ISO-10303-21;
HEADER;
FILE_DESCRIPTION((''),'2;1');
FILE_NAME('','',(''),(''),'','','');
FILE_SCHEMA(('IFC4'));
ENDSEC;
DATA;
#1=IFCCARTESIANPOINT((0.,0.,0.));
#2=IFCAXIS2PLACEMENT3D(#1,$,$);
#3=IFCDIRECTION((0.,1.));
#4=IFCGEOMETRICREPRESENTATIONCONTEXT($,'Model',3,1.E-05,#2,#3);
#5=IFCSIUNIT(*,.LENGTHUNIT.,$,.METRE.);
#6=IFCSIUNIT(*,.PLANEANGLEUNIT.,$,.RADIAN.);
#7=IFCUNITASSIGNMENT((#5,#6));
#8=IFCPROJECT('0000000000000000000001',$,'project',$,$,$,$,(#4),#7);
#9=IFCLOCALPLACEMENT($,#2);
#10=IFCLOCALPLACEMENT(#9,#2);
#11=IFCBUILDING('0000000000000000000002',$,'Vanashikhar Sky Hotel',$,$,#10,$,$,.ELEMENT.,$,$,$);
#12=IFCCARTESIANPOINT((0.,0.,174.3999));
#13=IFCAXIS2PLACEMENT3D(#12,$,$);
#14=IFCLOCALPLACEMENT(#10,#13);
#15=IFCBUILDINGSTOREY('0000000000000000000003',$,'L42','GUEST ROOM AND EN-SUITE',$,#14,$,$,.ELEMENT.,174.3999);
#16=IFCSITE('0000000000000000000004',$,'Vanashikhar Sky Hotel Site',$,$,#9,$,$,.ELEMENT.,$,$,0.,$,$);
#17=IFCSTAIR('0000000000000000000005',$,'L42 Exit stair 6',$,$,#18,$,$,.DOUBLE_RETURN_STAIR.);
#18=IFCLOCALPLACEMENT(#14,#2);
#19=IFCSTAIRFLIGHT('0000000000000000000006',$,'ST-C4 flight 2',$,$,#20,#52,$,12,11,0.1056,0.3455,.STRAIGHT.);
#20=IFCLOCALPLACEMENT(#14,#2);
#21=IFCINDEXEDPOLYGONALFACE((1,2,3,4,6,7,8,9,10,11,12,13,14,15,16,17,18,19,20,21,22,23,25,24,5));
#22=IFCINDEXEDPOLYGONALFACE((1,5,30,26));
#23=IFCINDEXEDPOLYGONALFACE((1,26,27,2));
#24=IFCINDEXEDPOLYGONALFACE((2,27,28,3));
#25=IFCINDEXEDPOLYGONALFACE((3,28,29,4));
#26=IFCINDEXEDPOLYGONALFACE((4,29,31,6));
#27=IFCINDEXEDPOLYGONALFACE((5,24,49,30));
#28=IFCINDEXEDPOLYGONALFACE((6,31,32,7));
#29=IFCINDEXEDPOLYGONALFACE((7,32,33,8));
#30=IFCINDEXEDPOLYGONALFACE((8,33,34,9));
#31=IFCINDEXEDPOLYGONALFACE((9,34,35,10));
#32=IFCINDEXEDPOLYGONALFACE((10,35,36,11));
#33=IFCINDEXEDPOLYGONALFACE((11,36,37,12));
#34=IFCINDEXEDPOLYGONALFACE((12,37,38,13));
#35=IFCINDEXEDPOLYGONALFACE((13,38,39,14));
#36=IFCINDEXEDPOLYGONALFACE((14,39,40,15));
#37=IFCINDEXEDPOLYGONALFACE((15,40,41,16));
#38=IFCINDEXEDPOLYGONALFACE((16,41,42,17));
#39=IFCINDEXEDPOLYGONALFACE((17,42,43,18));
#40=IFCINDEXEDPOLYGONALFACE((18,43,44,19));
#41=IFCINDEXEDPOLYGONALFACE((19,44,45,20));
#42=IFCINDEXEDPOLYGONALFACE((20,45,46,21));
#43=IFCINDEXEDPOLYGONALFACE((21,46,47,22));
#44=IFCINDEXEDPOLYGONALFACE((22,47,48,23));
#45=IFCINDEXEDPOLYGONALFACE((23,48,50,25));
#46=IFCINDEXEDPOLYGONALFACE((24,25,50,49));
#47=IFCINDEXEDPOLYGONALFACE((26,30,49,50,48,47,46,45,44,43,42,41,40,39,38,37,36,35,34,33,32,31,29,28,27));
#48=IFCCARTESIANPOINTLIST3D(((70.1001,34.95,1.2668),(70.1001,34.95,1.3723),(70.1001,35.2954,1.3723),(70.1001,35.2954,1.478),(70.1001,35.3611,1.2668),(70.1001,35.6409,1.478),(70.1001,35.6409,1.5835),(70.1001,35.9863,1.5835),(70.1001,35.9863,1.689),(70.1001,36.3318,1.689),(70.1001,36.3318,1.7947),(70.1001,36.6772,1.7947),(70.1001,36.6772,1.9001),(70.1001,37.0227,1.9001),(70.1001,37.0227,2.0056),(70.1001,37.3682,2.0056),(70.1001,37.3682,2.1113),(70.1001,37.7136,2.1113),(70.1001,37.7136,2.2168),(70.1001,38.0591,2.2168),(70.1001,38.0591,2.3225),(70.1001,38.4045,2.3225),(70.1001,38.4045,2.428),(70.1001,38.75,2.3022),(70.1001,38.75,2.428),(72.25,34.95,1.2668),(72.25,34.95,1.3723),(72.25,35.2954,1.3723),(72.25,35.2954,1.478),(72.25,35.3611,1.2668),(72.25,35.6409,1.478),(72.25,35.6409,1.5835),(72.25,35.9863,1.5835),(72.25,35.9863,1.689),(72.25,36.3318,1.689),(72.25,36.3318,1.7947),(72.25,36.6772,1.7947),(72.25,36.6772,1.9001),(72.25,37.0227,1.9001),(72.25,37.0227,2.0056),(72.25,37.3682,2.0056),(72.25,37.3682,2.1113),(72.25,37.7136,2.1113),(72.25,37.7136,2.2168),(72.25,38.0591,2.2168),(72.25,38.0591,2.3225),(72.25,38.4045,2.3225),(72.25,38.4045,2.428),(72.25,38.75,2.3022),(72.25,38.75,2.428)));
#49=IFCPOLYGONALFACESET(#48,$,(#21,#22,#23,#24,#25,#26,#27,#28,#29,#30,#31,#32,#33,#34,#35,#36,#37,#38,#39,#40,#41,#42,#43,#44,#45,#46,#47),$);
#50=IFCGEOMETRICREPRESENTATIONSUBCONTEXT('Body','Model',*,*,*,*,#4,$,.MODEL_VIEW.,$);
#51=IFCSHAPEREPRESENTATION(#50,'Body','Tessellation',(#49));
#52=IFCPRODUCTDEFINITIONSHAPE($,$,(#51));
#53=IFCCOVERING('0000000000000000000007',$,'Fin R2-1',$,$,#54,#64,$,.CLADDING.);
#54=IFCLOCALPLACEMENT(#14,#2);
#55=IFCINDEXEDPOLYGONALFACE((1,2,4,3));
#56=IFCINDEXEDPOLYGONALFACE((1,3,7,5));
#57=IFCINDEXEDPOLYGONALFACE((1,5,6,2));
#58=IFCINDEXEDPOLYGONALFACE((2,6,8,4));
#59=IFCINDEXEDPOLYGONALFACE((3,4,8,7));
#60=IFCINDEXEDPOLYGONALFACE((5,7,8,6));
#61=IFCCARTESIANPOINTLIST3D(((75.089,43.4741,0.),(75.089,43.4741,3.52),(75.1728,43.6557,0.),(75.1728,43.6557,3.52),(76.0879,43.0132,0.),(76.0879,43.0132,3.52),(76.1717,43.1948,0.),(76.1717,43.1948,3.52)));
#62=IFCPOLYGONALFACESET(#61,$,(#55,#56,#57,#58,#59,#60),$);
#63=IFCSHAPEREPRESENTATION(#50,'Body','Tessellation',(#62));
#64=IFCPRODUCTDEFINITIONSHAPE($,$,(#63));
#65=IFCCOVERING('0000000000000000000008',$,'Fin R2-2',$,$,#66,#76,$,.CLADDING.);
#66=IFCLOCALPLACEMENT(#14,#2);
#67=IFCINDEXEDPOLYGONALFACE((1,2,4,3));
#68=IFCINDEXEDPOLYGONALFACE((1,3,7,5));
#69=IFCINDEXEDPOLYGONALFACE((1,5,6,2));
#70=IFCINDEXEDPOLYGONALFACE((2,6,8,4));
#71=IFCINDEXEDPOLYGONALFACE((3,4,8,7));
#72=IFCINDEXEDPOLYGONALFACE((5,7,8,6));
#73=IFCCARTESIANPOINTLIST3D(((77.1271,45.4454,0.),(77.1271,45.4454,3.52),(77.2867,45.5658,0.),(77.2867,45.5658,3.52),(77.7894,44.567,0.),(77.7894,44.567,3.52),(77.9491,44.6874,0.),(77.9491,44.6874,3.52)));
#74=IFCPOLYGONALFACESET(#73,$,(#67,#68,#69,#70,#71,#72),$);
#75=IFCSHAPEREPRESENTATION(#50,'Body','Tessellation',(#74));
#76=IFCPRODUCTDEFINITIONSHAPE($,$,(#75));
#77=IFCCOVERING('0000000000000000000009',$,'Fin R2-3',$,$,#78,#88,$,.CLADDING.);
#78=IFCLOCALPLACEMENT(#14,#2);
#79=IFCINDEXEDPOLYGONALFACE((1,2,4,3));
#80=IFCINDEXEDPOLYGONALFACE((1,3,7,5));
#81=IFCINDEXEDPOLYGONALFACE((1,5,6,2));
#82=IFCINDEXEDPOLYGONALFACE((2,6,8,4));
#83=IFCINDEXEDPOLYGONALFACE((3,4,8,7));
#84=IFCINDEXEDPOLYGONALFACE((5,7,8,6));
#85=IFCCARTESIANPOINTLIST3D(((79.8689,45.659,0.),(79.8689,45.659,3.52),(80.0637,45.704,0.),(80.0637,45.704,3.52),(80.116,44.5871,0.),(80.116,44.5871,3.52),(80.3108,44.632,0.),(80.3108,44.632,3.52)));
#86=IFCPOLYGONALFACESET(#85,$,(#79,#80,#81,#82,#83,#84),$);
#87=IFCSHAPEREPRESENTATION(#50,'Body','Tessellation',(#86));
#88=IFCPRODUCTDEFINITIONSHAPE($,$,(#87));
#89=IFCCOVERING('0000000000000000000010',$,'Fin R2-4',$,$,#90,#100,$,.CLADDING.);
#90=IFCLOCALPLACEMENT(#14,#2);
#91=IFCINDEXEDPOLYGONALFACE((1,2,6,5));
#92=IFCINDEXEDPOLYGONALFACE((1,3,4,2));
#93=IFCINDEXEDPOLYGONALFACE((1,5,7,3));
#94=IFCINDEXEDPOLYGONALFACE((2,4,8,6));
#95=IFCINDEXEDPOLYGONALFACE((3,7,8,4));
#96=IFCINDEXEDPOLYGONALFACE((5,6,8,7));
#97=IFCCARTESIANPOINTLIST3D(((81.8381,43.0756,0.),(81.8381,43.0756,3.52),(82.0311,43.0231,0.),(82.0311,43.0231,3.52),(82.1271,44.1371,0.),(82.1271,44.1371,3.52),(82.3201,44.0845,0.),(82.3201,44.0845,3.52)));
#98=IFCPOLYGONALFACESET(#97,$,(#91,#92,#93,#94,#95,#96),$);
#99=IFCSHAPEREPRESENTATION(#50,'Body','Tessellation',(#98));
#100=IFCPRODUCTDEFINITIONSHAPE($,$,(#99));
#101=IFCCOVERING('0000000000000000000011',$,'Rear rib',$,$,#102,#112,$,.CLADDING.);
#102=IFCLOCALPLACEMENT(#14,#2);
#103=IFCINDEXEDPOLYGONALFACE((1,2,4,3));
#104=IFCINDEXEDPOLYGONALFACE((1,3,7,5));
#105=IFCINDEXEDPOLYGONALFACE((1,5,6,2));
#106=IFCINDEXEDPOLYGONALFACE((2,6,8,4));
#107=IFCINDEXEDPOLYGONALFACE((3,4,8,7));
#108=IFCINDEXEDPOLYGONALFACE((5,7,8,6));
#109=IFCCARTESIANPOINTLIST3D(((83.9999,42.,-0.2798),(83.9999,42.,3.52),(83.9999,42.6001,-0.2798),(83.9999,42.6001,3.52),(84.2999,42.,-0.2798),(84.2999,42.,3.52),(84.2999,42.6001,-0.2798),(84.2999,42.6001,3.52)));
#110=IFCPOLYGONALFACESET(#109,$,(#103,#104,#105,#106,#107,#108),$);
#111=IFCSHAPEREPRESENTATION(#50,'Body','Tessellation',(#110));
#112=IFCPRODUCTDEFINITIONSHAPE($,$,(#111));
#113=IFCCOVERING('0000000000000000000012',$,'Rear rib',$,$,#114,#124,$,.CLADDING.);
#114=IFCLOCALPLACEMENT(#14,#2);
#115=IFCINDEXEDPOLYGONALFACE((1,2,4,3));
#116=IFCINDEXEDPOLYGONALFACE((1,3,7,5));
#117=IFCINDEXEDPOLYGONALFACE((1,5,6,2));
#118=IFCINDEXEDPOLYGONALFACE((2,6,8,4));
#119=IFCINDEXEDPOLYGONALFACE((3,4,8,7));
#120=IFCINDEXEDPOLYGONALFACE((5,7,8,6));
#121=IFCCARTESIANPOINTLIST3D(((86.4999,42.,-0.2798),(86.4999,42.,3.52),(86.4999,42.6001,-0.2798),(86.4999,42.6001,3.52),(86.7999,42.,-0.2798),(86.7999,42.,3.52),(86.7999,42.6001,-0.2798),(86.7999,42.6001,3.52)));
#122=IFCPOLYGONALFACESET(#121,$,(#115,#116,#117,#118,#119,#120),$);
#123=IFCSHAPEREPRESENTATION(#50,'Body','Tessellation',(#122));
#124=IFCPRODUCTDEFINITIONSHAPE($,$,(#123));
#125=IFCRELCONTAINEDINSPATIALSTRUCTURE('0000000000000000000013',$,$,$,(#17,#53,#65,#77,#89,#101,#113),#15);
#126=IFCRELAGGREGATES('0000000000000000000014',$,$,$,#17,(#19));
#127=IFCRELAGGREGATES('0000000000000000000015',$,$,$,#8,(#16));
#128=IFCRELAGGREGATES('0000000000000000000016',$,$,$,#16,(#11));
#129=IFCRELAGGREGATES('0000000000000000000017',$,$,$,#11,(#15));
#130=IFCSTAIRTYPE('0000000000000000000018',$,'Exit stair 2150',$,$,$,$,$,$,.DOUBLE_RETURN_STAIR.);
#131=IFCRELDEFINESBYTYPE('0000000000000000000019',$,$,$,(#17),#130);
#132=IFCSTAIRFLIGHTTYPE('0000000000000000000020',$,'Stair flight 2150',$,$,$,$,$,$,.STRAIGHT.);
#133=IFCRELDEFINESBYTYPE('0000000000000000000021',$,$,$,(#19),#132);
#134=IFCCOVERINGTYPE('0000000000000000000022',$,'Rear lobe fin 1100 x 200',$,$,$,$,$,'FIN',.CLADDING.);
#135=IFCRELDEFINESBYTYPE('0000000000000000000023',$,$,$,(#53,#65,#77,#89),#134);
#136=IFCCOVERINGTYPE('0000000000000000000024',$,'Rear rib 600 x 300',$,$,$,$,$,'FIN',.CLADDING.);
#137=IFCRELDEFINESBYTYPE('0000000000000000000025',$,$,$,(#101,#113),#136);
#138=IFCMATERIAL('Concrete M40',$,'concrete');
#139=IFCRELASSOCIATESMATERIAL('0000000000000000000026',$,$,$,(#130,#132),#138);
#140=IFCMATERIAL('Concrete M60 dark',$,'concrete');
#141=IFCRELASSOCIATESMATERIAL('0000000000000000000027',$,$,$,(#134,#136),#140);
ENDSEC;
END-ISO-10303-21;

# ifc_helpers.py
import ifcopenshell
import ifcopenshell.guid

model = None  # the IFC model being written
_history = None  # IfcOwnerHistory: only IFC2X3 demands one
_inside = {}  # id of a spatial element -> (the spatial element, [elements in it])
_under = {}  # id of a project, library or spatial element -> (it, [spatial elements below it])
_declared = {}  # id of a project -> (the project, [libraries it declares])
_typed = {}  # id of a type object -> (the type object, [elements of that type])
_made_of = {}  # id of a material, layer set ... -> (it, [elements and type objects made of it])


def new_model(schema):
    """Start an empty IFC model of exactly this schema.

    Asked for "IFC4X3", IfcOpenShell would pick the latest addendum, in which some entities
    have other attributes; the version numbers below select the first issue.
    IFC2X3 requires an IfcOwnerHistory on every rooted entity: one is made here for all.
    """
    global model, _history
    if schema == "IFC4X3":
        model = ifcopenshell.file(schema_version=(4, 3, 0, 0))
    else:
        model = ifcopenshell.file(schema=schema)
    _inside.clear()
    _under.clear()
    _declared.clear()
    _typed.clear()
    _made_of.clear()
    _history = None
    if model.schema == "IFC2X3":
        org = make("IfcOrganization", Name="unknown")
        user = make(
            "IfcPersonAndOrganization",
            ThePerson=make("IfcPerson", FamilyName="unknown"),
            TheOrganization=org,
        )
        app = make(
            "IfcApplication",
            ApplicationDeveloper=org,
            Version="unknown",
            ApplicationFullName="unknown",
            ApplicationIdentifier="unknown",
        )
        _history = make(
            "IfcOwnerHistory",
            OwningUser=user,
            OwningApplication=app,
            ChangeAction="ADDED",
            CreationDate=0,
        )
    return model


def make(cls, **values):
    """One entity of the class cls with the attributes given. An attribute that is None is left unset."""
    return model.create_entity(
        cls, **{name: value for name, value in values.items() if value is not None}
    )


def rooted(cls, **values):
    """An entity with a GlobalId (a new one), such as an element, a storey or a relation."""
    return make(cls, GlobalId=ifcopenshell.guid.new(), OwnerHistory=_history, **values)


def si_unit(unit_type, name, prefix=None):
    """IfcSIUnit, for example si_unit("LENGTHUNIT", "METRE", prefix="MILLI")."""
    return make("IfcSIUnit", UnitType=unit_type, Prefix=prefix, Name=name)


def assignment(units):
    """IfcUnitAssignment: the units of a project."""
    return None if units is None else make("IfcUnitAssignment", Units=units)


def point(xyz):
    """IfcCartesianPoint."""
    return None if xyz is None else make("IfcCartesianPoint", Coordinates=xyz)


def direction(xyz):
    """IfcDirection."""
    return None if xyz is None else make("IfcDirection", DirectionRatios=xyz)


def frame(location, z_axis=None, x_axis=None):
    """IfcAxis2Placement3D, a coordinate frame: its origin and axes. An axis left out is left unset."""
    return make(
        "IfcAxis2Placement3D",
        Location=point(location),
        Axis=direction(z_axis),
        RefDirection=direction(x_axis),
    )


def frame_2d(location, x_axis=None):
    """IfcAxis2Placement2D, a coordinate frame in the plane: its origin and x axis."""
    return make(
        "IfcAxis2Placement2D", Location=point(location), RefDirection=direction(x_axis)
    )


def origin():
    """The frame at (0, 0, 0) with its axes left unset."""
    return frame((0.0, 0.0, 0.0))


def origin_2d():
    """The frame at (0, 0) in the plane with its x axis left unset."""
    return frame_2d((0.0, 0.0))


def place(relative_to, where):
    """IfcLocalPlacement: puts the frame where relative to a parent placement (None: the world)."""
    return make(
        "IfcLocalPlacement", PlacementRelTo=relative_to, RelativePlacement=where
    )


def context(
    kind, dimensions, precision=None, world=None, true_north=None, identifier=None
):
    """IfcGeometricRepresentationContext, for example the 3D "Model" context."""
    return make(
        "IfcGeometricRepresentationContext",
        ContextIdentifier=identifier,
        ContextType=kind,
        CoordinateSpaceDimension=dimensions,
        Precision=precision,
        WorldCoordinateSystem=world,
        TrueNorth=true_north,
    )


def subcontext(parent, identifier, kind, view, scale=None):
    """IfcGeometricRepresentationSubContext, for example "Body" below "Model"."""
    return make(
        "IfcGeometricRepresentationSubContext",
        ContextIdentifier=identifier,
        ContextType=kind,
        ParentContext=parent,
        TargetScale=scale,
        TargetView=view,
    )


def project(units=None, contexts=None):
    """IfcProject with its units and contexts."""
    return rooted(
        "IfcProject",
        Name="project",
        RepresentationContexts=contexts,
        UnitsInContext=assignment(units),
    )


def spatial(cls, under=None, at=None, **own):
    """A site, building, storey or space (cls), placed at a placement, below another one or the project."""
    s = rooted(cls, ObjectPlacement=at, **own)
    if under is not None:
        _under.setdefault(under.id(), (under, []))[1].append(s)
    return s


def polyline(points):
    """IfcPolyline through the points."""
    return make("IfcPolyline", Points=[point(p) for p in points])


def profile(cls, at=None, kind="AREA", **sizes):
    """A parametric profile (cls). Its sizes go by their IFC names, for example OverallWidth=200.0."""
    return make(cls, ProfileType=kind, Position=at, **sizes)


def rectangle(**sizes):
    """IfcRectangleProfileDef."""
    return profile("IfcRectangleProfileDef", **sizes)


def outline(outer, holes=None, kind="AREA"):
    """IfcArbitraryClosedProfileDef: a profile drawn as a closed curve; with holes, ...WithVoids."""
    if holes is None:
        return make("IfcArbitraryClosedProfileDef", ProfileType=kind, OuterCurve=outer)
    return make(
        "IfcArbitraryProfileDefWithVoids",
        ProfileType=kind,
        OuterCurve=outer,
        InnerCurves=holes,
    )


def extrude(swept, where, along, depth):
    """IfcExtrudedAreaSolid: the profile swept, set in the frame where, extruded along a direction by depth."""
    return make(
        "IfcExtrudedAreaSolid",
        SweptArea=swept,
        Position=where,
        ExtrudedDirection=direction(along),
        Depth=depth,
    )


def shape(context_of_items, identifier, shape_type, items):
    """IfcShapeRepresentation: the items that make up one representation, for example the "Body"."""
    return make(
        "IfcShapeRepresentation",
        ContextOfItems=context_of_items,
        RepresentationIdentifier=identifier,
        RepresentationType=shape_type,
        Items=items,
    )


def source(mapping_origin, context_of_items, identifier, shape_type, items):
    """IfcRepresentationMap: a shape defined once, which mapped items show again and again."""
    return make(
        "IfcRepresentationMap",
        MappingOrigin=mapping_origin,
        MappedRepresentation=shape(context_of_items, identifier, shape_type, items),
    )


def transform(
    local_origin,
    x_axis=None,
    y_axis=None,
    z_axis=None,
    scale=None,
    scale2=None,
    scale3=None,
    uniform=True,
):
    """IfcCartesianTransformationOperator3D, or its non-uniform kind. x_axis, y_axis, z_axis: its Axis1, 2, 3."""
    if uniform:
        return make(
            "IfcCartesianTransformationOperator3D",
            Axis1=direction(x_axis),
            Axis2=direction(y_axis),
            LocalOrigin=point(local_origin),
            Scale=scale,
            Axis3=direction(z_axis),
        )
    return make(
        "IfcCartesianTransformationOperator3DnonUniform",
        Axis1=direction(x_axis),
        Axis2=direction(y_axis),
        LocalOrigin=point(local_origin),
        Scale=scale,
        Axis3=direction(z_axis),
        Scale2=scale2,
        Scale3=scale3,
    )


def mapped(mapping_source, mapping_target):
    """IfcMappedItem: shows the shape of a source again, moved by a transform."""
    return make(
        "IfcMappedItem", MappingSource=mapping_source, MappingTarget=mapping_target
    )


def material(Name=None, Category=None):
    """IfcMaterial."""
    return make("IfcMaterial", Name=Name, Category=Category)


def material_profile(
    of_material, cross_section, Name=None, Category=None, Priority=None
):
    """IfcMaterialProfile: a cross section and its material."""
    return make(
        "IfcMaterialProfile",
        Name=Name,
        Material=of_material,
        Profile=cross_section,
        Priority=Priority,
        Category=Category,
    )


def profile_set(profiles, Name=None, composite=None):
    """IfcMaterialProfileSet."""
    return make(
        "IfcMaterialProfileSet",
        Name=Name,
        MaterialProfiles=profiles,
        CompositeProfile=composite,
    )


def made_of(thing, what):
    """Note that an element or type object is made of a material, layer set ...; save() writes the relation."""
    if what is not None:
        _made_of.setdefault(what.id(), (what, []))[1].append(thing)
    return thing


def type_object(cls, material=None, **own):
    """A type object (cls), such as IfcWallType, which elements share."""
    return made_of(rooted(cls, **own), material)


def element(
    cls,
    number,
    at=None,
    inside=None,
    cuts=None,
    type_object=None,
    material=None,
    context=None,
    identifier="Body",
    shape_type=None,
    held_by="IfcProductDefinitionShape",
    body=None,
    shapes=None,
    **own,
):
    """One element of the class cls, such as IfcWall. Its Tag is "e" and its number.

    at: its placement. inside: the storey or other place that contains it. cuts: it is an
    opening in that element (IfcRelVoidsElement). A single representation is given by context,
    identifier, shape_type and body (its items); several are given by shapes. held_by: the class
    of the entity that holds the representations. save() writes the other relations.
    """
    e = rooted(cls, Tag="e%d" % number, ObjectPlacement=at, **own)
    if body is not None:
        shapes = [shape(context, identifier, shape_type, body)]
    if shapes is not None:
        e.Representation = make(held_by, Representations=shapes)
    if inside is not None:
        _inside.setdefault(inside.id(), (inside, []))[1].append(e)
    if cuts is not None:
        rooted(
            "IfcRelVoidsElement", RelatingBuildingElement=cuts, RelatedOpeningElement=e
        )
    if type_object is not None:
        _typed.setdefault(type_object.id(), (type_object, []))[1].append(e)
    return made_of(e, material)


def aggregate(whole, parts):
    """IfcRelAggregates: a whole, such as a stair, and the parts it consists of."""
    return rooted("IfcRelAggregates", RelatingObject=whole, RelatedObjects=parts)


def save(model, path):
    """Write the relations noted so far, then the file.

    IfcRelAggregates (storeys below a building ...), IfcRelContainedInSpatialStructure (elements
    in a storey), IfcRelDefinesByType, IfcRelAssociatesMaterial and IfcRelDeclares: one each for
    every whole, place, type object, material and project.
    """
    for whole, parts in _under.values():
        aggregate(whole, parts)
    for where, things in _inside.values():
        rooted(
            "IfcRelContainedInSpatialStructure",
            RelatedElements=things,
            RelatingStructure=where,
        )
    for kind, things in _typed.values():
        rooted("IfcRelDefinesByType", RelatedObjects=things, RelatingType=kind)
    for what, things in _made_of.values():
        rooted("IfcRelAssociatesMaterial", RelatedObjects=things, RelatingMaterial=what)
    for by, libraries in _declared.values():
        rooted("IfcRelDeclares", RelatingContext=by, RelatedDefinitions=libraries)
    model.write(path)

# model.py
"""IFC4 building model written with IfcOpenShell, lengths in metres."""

from ifc_helpers import new_model, si_unit, direction, frame, origin, origin_2d, place, context, subcontext, project, spatial, polyline, rectangle, outline, extrude, source, transform, mapped, material, material_profile, profile_set, type_object, element, aggregate, save


model = new_model("IFC4")

# Units and contexts
model_context = context("Model", 3, precision=1e-05, world=origin(), true_north=direction((0.0, 1.0)))
body_context = subcontext(model_context, "Body", "Model", "MODEL_VIEW")
ifc_project = project(units=[si_unit("LENGTHUNIT", "METRE"), si_unit("PLANEANGLEUNIT", "RADIAN")], contexts=[model_context])

# Site, building, storey
site_placement = place(None, origin())
site = spatial("IfcSite", under=ifc_project, at=site_placement, Name="Vanashikhar Sky Hotel Site", CompositionType="ELEMENT", RefElevation=0.0)
building_placement = place(site_placement, origin())
building = spatial("IfcBuilding", under=site, at=building_placement, Name="Vanashikhar Sky Hotel", CompositionType="ELEMENT")
storey_placement = place(building_placement, frame((0.0, 0.0, 174.3999)))
storey = spatial("IfcBuildingStorey", under=building, at=storey_placement, Name="L42", Description="GUEST ROOM AND EN-SUITE", CompositionType="ELEMENT", Elevation=174.3999)

# Shared definitions
ifc_material_1 = material(Name="Concrete M40", Category="concrete")

# Stair, stair flight
stair_type = type_object("IfcStairType", Name="Exit stair 2150", PredefinedType="DOUBLE_RETURN_STAIR", material=ifc_material_1)
stair_placement = place(storey_placement, origin())
stair = element("IfcStair", 1, at=stair_placement, inside=storey, type_object=stair_type, Name="L42 Exit stair 6", PredefinedType="DOUBLE_RETURN_STAIR")
stair_flight_type = type_object("IfcStairFlightType", Name="Stair flight 2150", PredefinedType="STRAIGHT", material=ifc_material_1)
shared_shape_1 = source(origin(), body_context, "Body", "SweptSolid", [
    extrude(outline(polyline([(0.0, 0.0), (0.0, 0.1055), (0.3455, 0.1055), (0.3455, 0.2112), (0.6909, 0.2112), (0.6909, 0.3167), (1.0364, 0.3167), (1.0364, 0.4221), (1.3818, 0.4221), (1.3818, 0.5278), (1.7273, 0.5278), (1.7273, 0.6333), (2.0728, 0.6333), (2.0728, 0.7388), (2.4182, 0.7388), (2.4182, 0.8445), (2.7637, 0.8445), (2.7637, 0.95), (3.1091, 0.95), (3.1091, 1.0557), (3.4546, 1.0557), (3.4546, 1.1611), (3.8, 1.1611), (3.8, 1.2666), (3.8, 1.0354), (0.4111, 0.0), (0.0, 0.0)])), frame((0.0, 1.075, 0.0), z_axis=(0.0, -1.0, 0.0), x_axis=(1.0, 0.0, 0.0)), (0.0, 0.0, 1.0), 2.1499),
])
stair_flight_placement = place(storey_placement, frame((71.175, 34.95, 1.2668), z_axis=(0.0, 0.0, 1.0), x_axis=(0.0, 1.0, 0.0)))
stair_flight = element("IfcStairFlight", 2, at=stair_flight_placement, type_object=stair_flight_type, Name="ST-C4 flight 2", NumberOfRisers=12, NumberOfTreads=11, PredefinedType="STRAIGHT", RiserHeight=0.1056, TreadLength=0.3455, context=body_context, shape_type="MappedRepresentation", body=[
    mapped(shared_shape_1, transform((0.0, 0.0, 0.0), scale=1.0)),
])
aggregate(stair, [stair_flight])

# Coverings
ifc_material_2 = material(Name="Concrete M60 dark", Category="concrete")
ifc_material_profile_1 = material_profile(ifc_material_2, rectangle(XDim=1.1001, YDim=0.2, at=origin_2d()))
ifc_profile_set_1 = profile_set([ifc_material_profile_1], Name="Rear lobe fin 1100 x 200")
covering_type_1 = type_object("IfcCoveringType", Name="Rear lobe fin 1100 x 200", ElementType="FIN", PredefinedType="CLADDING", material=ifc_profile_set_1)
shared_shape_2 = source(origin(), body_context, "Body", "SweptSolid", [
    extrude(rectangle(XDim=1.1001, YDim=0.2, at=origin_2d()), origin(), (0.0, 0.0, 1.0), 3.52),
])
for number, where, z_axis, x_axis, name in (
    (3, (75.6304, 43.3345, 0.0), (0.0, 0.0, 1.0), (-0.908004, 0.418961, 0.0), "Fin R2-1"),
    (4, (77.5381, 45.0664, 0.0), (0.0, 0.0, 1.0), (-0.602066, 0.798446, 0.0), "Fin R2-2"),
    (5, (80.0898, 45.1455, 0.0), (0.0, 0.0, 1.0), (-0.224645, 0.974441, 0.0), "Fin R2-3"),
    (6, (82.0791, 43.5801, 0.0), (0.0, 0.0, 1.0), (0.262711, 0.964874, 0.0), "Fin R2-4"),
):
    element("IfcCovering", number, at=place(storey_placement, frame(where, z_axis=z_axis, x_axis=x_axis)), inside=storey, type_object=covering_type_1, Name=name, PredefinedType="CLADDING", context=body_context, shape_type="MappedRepresentation", body=[
        mapped(shared_shape_2, transform((0.0, 0.0, 0.0), scale=1.0)),
    ])
ifc_material_profile_2 = material_profile(ifc_material_2, rectangle(XDim=0.6001, YDim=0.3, at=origin_2d()))
ifc_profile_set_2 = profile_set([ifc_material_profile_2], Name="Rear rib 600 x 300")
covering_type_2 = type_object("IfcCoveringType", Name="Rear rib 600 x 300", ElementType="FIN", PredefinedType="CLADDING", material=ifc_profile_set_2)
shared_shape_3 = source(origin(), body_context, "Body", "SweptSolid", [
    extrude(rectangle(XDim=0.6001, YDim=0.3, at=origin_2d()), origin(), (0.0, 0.0, 1.0), 3.7998),
])
for number, where, z_axis, x_axis, name in (
    (7, (84.1499, 42.3, -0.2798), (0.0, 0.0, 1.0), (0.0, 1.0, 0.0), "Rear rib"),
    (8, (86.6499, 42.3, -0.2798), (0.0, 0.0, 1.0), (0.0, 1.0, 0.0), "Rear rib"),
):
    element("IfcCovering", number, at=place(storey_placement, frame(where, z_axis=z_axis, x_axis=x_axis)), inside=storey, type_object=covering_type_2, Name=name, PredefinedType="CLADDING", context=body_context, shape_type="MappedRepresentation", body=[
        mapped(shared_shape_3, transform((0.0, 0.0, 0.0), scale=1.0)),
    ])

save(model, "model.ifc")
